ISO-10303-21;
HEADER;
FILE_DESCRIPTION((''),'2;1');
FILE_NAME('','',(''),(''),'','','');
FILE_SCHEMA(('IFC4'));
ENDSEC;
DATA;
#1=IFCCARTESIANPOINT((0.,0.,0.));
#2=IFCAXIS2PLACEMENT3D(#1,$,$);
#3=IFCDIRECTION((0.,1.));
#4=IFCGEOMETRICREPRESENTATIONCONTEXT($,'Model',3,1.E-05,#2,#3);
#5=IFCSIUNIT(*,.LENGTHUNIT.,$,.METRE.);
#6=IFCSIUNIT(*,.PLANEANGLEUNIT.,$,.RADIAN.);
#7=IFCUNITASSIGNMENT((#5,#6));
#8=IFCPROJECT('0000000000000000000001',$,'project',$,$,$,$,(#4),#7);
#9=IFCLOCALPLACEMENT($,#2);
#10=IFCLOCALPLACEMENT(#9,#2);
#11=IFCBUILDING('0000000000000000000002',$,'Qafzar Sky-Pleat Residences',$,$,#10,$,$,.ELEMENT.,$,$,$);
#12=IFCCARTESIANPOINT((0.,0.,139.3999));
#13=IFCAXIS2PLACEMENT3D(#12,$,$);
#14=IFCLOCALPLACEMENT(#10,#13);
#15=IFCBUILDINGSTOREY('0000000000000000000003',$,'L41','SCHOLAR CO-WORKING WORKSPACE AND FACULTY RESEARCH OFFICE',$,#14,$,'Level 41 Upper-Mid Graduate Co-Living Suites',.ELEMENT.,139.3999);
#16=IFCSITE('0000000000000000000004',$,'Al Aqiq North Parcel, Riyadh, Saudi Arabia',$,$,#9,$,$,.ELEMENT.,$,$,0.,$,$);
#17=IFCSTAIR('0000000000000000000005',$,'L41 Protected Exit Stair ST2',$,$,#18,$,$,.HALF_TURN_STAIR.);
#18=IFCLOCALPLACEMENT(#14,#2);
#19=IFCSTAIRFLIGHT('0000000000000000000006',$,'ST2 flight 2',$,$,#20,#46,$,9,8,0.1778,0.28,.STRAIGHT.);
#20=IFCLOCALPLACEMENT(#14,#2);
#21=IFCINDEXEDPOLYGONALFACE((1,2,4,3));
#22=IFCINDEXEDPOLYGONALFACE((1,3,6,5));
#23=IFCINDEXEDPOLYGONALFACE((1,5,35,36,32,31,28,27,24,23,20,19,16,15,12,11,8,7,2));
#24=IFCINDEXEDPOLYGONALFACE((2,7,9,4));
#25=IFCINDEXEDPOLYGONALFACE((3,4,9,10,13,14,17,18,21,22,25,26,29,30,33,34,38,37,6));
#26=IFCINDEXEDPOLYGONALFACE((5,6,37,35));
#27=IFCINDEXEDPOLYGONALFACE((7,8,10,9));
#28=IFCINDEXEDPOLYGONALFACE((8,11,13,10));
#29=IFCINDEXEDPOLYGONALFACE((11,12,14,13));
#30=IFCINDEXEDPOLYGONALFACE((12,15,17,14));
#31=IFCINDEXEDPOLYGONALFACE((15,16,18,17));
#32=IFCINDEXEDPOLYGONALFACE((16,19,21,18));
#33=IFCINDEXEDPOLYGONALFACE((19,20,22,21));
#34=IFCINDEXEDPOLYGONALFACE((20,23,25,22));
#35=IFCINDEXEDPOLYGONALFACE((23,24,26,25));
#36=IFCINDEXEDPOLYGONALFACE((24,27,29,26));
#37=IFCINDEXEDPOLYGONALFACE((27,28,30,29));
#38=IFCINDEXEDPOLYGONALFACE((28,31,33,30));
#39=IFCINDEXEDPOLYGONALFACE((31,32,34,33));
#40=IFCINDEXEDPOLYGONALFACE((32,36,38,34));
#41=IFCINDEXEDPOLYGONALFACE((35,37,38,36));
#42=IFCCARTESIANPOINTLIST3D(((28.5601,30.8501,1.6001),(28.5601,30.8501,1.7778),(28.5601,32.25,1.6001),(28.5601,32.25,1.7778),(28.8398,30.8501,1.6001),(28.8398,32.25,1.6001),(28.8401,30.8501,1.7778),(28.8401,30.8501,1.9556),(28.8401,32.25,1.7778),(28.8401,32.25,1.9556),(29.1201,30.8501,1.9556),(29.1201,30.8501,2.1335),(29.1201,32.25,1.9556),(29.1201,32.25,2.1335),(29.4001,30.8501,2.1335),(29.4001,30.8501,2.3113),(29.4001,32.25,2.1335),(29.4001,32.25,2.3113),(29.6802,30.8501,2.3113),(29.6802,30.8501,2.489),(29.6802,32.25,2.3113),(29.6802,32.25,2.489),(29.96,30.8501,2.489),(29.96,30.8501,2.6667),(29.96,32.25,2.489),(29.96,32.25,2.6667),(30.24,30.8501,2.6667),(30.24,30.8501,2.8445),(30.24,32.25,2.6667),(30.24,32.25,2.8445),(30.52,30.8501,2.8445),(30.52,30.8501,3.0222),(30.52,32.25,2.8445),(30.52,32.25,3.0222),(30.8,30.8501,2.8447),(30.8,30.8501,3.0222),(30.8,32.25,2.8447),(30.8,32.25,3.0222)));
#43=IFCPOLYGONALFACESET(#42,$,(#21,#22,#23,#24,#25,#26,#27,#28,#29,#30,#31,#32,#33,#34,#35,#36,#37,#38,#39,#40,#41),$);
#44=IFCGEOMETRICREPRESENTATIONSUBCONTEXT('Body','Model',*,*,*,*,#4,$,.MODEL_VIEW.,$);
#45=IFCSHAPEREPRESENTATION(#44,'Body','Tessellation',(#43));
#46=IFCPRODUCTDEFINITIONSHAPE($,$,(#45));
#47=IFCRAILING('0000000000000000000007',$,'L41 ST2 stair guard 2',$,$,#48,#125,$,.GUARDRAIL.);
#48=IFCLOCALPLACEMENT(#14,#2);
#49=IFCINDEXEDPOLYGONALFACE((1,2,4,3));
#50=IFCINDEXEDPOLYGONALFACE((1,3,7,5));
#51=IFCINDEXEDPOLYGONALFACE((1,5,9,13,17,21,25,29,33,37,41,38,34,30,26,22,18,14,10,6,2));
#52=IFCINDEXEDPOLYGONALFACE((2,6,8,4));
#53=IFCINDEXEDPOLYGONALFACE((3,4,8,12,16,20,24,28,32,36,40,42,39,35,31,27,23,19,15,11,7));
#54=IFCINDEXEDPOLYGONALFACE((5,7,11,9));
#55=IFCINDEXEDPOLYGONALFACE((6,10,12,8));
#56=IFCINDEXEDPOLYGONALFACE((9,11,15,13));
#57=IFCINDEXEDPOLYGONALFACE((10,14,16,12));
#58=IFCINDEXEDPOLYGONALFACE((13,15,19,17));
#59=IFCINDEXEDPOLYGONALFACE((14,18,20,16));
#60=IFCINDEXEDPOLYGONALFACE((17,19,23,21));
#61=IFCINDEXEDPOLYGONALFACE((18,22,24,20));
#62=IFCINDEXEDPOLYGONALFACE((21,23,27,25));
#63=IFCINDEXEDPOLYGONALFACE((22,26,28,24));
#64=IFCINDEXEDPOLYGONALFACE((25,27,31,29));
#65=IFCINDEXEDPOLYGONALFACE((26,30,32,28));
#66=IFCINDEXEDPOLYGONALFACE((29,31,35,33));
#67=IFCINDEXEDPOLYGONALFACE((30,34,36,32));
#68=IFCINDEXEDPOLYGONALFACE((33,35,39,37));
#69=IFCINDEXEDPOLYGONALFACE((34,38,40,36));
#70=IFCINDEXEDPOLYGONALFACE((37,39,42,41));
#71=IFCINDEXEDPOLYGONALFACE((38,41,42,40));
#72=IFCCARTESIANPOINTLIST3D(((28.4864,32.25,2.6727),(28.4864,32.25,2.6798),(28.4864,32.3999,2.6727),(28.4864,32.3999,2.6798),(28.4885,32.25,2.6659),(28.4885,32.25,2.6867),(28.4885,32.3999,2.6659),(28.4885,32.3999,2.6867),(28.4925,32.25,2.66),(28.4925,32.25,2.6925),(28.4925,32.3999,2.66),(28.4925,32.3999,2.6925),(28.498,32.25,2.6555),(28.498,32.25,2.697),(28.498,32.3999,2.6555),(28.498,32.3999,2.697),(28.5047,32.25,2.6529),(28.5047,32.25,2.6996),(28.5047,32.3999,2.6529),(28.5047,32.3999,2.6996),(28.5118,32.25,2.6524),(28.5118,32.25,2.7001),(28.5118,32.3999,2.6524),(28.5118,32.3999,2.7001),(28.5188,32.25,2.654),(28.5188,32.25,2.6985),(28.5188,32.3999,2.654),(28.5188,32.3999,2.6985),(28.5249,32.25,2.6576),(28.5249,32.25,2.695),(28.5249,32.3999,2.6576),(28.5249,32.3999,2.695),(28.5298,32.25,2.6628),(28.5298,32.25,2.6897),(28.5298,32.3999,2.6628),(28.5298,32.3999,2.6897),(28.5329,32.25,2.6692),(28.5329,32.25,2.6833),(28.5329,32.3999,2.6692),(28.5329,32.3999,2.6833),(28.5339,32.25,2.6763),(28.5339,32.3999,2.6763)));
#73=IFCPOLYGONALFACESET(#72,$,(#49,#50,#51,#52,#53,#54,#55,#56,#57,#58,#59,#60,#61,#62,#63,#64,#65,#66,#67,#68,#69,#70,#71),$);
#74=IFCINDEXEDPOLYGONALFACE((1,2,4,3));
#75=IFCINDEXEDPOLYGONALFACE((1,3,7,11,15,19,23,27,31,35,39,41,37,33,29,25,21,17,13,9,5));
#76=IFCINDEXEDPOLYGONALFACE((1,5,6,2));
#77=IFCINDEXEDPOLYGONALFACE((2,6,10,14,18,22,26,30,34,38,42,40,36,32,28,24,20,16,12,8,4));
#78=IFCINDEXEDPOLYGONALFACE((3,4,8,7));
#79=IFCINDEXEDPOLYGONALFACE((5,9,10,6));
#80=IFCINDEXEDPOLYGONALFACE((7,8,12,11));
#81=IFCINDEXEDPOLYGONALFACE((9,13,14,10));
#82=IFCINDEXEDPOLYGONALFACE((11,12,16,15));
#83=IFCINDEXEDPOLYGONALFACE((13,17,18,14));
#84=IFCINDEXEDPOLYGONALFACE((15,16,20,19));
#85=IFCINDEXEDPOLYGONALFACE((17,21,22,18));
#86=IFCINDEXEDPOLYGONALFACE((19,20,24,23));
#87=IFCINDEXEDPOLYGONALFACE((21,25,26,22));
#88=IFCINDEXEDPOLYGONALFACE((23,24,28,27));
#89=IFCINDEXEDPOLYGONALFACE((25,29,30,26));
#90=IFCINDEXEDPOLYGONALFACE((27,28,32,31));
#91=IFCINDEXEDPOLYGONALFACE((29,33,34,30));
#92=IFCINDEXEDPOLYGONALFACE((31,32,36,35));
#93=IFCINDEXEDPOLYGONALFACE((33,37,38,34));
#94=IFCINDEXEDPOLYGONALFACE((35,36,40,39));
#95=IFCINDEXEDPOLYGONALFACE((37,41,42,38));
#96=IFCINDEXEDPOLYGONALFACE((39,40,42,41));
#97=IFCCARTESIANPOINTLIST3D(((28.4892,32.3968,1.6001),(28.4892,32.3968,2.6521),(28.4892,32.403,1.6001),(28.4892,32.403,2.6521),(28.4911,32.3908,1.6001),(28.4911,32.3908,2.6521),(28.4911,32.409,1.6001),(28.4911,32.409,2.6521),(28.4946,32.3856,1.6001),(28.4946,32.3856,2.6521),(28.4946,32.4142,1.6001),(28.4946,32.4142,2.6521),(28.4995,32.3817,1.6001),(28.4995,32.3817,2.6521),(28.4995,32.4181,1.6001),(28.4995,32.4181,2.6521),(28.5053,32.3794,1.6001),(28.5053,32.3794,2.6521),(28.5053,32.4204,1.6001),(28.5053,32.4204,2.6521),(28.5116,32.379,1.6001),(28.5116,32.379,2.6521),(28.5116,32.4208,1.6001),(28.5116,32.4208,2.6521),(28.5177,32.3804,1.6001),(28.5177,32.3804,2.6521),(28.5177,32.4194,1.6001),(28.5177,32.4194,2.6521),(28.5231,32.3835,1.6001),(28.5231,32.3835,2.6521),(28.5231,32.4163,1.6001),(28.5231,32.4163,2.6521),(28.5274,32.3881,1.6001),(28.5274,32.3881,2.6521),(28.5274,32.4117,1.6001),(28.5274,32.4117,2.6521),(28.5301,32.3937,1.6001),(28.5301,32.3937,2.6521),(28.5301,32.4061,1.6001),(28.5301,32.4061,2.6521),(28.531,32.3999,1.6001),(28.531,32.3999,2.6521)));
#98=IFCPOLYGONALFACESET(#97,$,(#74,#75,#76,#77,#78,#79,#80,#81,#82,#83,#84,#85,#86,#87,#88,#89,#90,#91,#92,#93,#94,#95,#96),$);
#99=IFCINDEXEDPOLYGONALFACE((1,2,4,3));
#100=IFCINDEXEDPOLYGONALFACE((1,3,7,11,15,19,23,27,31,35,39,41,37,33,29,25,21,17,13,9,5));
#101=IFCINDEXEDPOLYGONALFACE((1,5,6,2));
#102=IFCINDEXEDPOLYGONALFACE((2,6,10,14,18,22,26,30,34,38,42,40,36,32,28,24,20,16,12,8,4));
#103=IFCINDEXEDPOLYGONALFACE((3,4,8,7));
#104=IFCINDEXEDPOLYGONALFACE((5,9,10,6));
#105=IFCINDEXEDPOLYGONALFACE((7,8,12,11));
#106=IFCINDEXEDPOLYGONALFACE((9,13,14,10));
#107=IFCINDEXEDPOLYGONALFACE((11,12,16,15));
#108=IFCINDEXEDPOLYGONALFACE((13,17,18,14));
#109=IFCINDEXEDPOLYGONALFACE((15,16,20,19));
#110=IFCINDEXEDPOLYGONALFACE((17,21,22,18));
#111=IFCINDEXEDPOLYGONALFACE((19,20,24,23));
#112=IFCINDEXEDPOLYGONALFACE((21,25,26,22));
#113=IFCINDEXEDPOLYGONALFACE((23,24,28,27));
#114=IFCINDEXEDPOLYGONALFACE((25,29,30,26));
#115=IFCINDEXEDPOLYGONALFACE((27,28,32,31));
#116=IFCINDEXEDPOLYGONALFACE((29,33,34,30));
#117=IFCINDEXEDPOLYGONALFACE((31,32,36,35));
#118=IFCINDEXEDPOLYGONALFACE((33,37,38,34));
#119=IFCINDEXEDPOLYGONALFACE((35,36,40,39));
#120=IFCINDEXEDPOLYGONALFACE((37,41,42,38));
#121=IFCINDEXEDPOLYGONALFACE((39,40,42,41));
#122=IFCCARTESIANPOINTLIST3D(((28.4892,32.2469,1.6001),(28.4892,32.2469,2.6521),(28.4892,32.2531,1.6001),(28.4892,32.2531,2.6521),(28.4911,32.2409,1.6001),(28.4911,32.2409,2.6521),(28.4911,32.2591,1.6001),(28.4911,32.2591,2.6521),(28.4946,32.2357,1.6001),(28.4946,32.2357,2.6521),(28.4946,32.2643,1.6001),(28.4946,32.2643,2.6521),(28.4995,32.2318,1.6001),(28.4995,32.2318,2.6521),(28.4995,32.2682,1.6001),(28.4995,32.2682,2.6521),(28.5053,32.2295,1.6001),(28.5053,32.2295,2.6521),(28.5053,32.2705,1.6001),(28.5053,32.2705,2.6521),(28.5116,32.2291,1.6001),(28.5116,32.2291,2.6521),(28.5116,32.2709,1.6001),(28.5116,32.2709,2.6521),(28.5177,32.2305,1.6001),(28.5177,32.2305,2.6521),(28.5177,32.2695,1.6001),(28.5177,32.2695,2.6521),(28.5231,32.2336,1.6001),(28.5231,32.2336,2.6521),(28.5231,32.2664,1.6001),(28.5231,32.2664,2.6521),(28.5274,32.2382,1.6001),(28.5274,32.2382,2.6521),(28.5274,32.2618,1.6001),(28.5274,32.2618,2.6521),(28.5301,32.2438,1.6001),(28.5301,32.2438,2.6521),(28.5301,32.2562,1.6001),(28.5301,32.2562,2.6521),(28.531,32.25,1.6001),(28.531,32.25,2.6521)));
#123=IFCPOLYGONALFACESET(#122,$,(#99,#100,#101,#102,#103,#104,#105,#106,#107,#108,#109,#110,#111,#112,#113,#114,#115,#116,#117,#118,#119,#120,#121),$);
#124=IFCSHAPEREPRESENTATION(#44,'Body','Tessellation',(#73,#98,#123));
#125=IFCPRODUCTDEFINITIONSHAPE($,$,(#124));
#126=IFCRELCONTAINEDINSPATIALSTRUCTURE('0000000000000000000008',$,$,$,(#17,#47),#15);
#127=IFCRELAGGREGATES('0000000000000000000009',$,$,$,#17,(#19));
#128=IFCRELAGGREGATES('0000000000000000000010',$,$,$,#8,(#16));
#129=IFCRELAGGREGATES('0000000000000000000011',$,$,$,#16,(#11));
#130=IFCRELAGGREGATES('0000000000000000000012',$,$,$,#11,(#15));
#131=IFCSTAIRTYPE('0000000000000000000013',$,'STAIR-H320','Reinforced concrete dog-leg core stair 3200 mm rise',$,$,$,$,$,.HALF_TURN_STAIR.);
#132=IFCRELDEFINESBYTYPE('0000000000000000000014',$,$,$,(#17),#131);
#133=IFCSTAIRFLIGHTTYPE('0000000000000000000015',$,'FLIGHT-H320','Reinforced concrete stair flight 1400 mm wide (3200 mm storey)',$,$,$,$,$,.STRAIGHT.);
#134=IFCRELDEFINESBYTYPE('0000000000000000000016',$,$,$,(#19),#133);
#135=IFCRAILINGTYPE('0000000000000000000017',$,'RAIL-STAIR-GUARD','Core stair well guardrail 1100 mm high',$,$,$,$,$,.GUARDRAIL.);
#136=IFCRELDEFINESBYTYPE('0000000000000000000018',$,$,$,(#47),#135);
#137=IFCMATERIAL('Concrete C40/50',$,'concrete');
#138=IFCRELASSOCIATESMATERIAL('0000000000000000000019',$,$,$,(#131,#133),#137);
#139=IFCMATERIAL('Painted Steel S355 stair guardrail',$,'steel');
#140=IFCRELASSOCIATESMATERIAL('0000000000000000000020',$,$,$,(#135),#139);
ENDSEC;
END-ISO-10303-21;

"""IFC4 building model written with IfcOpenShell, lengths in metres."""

from ifc_helpers import new_model, si_unit, direction, frame, origin, origin_2d, place, context, subcontext, project, spatial, polyline, circle, outline, extrude, source, transform, mapped, material, type_object, element, aggregate, save


model = new_model("IFC4")

# Units and contexts
model_context = context("Model", 3, precision=1e-05, world=origin(), true_north=direction((0.0, 1.0)))
body_context = subcontext(model_context, "Body", "Model", "MODEL_VIEW")
ifc_project = project(units=[si_unit("LENGTHUNIT", "METRE"), si_unit("PLANEANGLEUNIT", "RADIAN")], contexts=[model_context])

# Site, building, storey
site_placement = place(None, origin())
site = spatial("IfcSite", under=ifc_project, at=site_placement, Name="Al Aqiq North Parcel, Riyadh, Saudi Arabia", CompositionType="ELEMENT", RefElevation=0.0)
building_placement = place(site_placement, origin())
building = spatial("IfcBuilding", under=site, at=building_placement, Name="Qafzar Sky-Pleat Residences", CompositionType="ELEMENT")
storey_placement = place(building_placement, frame((0.0, 0.0, 139.3999)))
storey = spatial("IfcBuildingStorey", under=building, at=storey_placement, Name="L41", Description="SCHOLAR CO-WORKING WORKSPACE AND FACULTY RESEARCH OFFICE", LongName="Level 41 Upper-Mid Graduate Co-Living Suites", CompositionType="ELEMENT", Elevation=139.3999)

# Stair, stair flight
ifc_material_1 = material(Name="Concrete C40/50", Category="concrete")
stair_type = type_object("IfcStairType", Name="STAIR-H320", Description="Reinforced concrete dog-leg core stair 3200 mm rise", PredefinedType="HALF_TURN_STAIR", material=ifc_material_1)
stair_placement = place(storey_placement, origin())
stair = element("IfcStair", 1, at=stair_placement, inside=storey, type_object=stair_type, Name="L41 Protected Exit Stair ST2", PredefinedType="HALF_TURN_STAIR")
stair_flight_type = type_object("IfcStairFlightType", Name="FLIGHT-H320", Description="Reinforced concrete stair flight 1400 mm wide (3200 mm storey)", PredefinedType="STRAIGHT", material=ifc_material_1)
shared_shape_1 = source(origin(), body_context, "Body", "SweptSolid", [
    extrude(outline(polyline([(0.0, 0.0), (0.0, 0.1777), (0.28, 0.1777), (0.28, 0.3555), (0.5601, 0.3555), (0.5601, 0.5334), (0.8401, 0.5334), (0.8401, 0.7112), (1.1201, 0.7112), (1.1201, 0.8889), (1.3999, 0.8889), (1.3999, 1.0667), (1.6799, 1.0667), (1.6799, 1.2444), (1.96, 1.2444), (1.96, 1.4221), (2.24, 1.4221), (2.24, 1.6001), (2.24, 1.2446), (0.2798, 0.0), (0.0, 0.0)])), frame((0.0, 0.7, 0.0), z_axis=(0.0, -1.0, 0.0), x_axis=(1.0, 0.0, 0.0)), (0.0, 0.0, 1.0), 1.3999),
])
stair_flight_placement = place(storey_placement, frame((28.5601, 31.55, 1.6001), z_axis=(0.0, 0.0, 1.0), x_axis=(1.0, 0.0, 0.0)))
stair_flight = element("IfcStairFlight", 2, at=stair_flight_placement, type_object=stair_flight_type, Name="ST2 flight 2", NumberOfRisers=9, NumberOfTreads=8, PredefinedType="STRAIGHT", RiserHeight=0.1778, TreadLength=0.28, context=body_context, shape_type="MappedRepresentation", body=[
    mapped(shared_shape_1, transform((0.0, 0.0, 0.0), x_axis=(1.0, 0.0, 0.0), y_axis=(0.0, 1.0, 0.0), z_axis=(0.0, 0.0, 1.0), scale=1.0)),
])
aggregate(stair, [stair_flight])

# Railing
ifc_material_2 = material(Name="Painted Steel S355 stair guardrail", Category="steel")
railing_type_1 = type_object("IfcRailingType", Name="RAIL-STAIR-GUARD", Description="Core stair well guardrail 1100 mm high", PredefinedType="GUARDRAIL", material=ifc_material_2)
shared_shape_2 = source(origin(), body_context, "Body", "SweptSolid", [
    extrude(circle(Radius=0.0239, at=origin_2d()), frame((0.0, 0.0, 1.0762), z_axis=(0.0, -1.0, 0.0), x_axis=(1.0, 0.0, 0.0)), (0.0, 0.0, 1.0), 0.1499),
    extrude(circle(Radius=0.021, at=origin_2d()), origin(), (0.0, 0.0, 1.0), 1.052),
    extrude(circle(Radius=0.021, at=origin_2d()), frame((0.0, -0.1499, 0.0)), (0.0, 0.0, 1.0), 1.052),
])
railing_1_placement = place(storey_placement, frame((28.51, 32.3999, 1.6001)))
element("IfcRailing", 3, at=railing_1_placement, inside=storey, type_object=railing_type_1, Name="L41 ST2 stair guard 2", PredefinedType="GUARDRAIL", context=body_context, shape_type="MappedRepresentation", body=[
    mapped(shared_shape_2, transform((0.0, 0.0, 0.0), x_axis=(1.0, 0.0, 0.0), y_axis=(0.0, 1.0, 0.0), z_axis=(0.0, 0.0, 1.0), scale=1.0)),
])

save(model, "model.ifc")
